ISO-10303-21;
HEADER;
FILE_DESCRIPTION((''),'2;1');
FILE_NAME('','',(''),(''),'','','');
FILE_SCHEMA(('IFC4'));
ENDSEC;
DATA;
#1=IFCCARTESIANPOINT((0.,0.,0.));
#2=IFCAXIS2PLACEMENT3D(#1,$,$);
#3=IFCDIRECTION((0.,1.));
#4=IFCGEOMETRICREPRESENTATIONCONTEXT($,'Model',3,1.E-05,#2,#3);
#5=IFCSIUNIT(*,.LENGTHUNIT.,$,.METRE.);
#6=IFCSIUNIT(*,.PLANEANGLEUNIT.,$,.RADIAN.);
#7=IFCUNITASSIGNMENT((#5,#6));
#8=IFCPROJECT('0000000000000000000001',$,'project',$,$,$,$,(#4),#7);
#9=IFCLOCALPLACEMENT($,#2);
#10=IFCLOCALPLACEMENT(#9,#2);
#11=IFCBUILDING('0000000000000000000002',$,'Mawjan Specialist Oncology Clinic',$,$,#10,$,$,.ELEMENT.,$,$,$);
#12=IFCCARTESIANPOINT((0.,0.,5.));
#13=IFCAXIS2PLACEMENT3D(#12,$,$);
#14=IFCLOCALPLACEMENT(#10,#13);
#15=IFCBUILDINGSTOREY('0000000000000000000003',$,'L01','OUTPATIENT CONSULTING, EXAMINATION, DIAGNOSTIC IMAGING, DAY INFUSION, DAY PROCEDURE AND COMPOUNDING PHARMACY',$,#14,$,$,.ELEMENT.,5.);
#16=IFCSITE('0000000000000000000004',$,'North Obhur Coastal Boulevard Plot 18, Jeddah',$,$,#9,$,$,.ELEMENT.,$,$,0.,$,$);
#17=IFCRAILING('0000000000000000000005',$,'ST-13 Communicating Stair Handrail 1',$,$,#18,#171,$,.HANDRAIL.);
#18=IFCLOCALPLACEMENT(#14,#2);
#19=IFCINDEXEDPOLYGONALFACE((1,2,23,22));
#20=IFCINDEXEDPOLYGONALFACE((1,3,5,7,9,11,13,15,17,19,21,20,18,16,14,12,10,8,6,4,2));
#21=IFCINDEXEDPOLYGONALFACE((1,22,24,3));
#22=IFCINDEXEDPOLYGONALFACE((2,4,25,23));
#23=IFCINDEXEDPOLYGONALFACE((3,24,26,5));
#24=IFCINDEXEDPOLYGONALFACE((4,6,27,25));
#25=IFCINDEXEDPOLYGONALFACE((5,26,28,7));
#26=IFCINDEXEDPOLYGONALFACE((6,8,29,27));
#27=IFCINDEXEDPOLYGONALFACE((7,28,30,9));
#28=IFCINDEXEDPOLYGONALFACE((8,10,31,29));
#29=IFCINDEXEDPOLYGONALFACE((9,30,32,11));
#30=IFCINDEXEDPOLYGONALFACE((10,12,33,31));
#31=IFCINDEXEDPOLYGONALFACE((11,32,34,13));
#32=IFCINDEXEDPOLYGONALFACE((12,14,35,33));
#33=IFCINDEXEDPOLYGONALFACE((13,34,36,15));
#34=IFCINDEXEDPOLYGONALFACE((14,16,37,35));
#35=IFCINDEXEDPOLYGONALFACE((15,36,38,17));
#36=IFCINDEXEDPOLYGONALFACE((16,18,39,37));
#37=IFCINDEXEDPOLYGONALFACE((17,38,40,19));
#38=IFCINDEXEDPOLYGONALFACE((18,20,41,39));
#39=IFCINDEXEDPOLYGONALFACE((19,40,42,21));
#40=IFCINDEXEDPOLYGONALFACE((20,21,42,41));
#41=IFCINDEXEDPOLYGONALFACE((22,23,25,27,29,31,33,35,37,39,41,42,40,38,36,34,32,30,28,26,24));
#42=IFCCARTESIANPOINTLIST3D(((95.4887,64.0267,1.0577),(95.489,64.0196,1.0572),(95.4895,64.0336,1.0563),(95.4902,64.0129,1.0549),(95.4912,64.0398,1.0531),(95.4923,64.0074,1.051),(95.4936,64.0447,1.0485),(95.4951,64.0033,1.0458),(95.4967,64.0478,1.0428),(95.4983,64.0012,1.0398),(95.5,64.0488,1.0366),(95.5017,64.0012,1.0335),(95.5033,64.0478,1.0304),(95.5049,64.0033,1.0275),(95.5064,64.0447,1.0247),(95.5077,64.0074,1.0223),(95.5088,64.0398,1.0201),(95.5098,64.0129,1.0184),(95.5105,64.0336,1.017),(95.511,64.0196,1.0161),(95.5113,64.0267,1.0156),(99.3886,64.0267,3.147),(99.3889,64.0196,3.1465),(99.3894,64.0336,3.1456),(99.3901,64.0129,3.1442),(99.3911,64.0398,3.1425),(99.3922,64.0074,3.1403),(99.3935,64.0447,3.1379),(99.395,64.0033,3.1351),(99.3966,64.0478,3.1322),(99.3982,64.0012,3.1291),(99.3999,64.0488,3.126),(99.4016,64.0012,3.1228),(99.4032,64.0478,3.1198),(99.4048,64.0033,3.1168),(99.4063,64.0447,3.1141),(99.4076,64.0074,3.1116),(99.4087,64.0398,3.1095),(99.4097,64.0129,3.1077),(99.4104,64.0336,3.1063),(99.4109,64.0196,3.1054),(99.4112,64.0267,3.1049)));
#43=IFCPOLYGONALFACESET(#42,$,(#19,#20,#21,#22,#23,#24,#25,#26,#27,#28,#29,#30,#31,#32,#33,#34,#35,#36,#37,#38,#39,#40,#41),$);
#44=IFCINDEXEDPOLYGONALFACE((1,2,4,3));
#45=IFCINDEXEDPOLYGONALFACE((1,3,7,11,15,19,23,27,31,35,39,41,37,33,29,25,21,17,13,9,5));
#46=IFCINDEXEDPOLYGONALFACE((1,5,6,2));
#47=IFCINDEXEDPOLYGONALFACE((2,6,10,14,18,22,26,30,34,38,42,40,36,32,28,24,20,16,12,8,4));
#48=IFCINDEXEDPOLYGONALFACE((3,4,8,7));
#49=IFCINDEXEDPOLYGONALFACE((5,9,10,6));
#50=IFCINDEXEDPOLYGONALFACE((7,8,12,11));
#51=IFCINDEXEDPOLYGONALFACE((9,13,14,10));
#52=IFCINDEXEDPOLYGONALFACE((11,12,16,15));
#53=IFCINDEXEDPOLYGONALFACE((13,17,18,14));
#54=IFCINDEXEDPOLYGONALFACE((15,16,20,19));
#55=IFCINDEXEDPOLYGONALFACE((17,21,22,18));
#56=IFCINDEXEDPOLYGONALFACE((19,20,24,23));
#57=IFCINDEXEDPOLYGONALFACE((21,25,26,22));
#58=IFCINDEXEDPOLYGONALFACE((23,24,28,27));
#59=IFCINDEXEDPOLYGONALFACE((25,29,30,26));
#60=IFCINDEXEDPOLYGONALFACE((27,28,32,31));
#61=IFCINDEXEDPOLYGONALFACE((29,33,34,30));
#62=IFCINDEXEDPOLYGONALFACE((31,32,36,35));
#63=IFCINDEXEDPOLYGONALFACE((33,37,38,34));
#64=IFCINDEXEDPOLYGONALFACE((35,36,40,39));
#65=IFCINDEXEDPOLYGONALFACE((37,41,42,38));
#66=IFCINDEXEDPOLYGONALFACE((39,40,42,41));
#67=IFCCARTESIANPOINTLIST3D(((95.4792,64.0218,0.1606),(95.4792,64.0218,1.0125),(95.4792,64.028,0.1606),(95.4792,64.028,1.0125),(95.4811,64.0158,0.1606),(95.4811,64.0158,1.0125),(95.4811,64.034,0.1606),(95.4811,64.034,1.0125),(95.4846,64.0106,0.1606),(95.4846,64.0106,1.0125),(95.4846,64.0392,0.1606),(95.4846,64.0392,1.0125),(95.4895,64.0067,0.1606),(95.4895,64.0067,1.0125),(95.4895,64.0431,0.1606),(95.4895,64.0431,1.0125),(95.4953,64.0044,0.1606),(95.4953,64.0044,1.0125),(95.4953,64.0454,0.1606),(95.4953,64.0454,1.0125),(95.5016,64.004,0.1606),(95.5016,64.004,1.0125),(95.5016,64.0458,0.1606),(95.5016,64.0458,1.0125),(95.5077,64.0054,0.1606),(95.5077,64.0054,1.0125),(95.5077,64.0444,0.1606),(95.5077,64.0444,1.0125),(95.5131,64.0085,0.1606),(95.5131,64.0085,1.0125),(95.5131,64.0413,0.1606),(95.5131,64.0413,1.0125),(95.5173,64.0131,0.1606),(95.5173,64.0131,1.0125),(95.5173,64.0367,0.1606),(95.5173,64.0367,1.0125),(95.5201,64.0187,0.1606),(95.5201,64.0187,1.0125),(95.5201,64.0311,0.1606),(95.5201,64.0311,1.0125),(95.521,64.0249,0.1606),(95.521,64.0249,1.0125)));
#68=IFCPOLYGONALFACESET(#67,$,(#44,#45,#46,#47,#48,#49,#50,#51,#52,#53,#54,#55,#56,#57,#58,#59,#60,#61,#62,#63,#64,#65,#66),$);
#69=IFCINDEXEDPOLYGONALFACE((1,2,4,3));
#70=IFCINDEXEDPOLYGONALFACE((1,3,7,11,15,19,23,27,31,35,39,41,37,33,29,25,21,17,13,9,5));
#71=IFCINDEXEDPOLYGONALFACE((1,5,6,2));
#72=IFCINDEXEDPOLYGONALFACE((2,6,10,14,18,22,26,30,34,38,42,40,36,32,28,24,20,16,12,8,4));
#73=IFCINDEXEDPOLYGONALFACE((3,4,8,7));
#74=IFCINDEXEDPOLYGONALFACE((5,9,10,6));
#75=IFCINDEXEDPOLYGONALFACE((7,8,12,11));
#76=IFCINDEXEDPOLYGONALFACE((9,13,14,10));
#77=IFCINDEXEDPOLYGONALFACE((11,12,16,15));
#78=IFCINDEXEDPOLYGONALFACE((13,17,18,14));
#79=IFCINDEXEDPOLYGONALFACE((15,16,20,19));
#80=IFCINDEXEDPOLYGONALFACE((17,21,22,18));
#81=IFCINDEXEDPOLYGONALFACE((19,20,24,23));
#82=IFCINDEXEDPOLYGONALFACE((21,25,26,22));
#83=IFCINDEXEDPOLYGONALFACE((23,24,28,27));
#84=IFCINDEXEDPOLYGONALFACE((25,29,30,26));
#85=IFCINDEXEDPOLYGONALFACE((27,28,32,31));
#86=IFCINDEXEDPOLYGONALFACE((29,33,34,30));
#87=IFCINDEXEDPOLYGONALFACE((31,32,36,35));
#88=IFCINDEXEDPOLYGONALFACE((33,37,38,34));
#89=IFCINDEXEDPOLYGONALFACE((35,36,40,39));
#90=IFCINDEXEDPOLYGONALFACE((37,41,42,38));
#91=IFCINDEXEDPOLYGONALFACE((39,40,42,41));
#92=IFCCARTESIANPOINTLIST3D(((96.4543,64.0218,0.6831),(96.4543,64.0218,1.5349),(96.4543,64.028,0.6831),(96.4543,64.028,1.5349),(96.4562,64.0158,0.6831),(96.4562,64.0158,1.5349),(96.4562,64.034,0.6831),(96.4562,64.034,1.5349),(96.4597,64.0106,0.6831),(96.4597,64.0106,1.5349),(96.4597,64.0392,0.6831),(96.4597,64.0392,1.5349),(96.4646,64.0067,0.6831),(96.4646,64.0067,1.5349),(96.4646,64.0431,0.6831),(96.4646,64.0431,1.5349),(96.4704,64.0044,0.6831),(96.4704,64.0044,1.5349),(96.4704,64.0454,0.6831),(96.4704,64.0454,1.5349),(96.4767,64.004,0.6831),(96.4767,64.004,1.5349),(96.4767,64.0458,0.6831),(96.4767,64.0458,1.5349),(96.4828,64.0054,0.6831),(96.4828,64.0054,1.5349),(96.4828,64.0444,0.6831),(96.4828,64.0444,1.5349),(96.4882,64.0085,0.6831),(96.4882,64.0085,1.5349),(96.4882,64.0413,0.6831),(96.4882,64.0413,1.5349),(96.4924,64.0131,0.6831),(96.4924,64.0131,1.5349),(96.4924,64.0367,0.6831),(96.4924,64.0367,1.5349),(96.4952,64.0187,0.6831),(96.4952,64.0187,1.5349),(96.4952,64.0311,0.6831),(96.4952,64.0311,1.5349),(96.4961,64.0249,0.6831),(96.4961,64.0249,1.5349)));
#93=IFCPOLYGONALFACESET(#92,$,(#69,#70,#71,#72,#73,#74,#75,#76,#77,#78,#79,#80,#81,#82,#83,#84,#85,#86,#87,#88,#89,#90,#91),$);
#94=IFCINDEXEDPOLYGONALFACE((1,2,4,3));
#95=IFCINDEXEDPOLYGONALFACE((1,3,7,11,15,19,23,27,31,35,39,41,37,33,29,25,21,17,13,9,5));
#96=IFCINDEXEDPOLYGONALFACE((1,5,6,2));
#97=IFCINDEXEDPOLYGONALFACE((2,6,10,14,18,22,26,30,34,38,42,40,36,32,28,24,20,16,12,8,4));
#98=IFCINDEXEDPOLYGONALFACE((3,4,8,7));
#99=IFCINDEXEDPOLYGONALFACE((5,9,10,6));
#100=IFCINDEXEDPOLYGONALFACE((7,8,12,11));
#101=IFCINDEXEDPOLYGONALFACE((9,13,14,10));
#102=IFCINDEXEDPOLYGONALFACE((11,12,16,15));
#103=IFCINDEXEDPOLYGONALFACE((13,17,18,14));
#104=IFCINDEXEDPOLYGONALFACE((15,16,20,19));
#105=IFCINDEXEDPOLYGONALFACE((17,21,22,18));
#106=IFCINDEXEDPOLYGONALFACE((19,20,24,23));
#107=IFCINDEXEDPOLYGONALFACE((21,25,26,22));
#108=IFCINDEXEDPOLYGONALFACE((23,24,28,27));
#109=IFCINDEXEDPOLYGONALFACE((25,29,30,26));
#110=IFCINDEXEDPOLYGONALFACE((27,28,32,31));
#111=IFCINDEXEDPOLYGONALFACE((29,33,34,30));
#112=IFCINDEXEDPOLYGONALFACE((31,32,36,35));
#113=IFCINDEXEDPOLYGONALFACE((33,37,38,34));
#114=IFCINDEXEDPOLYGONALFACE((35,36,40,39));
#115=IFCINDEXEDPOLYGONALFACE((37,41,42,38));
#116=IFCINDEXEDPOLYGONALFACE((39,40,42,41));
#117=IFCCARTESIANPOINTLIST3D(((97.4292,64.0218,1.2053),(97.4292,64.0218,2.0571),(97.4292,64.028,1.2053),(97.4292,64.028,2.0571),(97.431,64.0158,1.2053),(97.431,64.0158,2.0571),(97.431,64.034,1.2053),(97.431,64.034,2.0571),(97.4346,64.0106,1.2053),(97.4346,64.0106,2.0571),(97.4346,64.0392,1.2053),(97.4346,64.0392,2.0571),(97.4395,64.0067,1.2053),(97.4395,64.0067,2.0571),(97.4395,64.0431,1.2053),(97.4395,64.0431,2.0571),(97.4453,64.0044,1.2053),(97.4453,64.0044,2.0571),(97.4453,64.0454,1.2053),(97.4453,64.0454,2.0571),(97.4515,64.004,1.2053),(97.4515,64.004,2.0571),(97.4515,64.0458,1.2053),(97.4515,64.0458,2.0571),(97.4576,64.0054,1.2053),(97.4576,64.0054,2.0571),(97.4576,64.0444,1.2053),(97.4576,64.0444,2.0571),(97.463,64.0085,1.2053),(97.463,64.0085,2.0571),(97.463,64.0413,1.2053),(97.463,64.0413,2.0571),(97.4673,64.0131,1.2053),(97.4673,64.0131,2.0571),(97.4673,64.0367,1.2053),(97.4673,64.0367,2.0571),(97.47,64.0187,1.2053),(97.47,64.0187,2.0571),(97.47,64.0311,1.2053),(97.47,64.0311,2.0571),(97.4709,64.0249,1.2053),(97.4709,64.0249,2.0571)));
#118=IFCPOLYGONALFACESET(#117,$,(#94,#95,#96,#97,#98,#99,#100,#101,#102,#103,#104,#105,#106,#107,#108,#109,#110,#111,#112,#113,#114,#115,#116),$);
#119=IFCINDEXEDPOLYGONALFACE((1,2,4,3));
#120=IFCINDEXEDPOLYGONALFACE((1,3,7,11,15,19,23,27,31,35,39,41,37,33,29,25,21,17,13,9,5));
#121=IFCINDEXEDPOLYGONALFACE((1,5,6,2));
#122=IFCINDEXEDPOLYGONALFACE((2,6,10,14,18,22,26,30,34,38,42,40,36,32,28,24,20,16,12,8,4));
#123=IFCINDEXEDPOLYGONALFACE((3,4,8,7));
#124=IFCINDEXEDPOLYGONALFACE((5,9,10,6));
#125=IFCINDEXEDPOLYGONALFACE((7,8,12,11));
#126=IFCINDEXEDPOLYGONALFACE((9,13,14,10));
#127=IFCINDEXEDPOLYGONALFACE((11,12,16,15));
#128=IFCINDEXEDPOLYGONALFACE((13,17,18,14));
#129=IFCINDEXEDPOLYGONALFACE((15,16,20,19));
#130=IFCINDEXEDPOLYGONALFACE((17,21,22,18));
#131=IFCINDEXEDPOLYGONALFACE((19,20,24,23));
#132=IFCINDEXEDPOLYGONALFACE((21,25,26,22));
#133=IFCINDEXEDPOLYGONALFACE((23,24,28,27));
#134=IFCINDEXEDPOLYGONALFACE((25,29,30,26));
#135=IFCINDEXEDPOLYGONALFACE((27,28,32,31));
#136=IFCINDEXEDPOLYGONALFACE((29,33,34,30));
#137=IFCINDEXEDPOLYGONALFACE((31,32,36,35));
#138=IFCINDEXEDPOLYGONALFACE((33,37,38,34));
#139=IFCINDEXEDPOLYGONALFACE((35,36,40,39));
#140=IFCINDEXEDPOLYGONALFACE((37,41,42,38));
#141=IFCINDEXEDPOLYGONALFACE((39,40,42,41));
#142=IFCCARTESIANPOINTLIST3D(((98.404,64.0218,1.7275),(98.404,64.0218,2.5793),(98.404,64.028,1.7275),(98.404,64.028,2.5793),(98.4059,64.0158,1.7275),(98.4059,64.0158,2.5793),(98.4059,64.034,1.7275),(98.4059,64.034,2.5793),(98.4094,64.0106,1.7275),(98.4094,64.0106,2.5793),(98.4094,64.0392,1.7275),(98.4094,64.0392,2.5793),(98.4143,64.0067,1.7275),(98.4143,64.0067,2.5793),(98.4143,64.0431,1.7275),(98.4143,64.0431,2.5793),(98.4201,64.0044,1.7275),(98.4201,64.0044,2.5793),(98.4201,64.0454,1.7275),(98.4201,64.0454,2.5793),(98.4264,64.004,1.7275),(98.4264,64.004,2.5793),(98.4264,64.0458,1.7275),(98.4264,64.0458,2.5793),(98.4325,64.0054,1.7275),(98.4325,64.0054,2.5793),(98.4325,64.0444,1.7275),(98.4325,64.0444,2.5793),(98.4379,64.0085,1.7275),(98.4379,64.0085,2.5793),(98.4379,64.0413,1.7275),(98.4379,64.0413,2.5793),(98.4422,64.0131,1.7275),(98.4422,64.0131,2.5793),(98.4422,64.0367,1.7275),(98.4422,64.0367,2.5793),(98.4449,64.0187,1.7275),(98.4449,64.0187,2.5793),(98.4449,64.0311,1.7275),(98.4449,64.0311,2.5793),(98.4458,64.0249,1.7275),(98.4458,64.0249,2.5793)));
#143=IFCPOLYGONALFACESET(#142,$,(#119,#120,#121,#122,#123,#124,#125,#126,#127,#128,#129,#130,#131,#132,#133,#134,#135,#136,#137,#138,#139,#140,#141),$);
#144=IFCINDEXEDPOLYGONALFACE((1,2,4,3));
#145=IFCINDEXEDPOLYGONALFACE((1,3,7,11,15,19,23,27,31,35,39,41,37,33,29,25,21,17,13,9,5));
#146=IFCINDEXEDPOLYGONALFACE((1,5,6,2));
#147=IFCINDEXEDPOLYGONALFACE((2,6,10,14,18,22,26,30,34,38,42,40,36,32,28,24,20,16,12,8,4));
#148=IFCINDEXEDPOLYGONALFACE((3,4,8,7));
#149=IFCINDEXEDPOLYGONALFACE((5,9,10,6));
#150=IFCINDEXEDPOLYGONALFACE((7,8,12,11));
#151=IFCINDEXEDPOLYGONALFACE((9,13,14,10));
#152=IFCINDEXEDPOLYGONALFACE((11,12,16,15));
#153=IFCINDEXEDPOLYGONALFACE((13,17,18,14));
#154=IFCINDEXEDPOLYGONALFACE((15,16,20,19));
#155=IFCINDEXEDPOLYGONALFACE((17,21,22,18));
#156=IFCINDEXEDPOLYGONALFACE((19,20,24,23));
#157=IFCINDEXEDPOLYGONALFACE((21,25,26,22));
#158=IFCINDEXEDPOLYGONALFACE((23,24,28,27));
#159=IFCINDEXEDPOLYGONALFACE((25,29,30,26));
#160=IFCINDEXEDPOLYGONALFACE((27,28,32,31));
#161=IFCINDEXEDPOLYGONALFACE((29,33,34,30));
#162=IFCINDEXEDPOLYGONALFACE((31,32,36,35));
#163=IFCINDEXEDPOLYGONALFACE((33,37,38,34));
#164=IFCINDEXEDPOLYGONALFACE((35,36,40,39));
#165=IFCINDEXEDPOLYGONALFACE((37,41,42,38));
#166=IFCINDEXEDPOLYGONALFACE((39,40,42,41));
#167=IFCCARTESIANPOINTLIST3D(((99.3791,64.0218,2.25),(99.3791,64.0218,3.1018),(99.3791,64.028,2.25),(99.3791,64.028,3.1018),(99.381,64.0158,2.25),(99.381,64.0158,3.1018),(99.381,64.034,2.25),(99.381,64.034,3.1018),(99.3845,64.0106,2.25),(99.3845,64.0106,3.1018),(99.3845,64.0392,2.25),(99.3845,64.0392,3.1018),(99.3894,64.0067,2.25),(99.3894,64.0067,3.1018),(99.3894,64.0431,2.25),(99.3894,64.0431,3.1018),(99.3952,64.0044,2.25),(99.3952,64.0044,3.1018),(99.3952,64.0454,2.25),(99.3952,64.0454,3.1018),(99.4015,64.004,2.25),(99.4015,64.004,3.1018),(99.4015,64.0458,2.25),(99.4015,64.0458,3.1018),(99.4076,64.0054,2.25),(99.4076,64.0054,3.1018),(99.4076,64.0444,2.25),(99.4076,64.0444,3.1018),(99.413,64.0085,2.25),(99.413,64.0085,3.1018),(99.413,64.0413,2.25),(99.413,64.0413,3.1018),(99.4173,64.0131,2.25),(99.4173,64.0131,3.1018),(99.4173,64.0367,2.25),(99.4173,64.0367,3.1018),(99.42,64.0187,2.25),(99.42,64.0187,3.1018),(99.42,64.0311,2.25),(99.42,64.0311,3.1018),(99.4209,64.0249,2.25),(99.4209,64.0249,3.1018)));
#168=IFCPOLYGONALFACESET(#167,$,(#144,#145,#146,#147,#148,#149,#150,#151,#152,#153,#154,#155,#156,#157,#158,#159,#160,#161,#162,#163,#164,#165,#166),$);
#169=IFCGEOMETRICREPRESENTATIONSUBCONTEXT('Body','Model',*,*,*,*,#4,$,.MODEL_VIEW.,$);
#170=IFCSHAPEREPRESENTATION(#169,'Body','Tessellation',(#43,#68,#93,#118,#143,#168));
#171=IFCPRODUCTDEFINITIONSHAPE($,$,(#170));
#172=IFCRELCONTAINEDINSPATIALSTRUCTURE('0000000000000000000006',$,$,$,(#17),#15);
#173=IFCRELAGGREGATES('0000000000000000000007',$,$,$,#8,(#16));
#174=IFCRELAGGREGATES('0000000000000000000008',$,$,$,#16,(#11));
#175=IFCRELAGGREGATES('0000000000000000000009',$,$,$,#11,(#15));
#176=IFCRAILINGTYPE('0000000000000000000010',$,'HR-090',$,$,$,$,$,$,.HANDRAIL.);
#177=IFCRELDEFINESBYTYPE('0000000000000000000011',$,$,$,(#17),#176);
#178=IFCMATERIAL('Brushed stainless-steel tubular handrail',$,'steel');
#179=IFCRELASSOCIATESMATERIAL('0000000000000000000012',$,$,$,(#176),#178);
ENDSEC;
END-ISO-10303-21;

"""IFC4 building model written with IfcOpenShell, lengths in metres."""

from ifc_helpers import new_model, si_unit, direction, frame, origin, origin_2d, place, context, subcontext, project, spatial, circle, extrude, material, type_object, element, save


model = new_model("IFC4")

# Units and contexts
model_context = context("Model", 3, precision=1e-05, world=origin(), true_north=direction((0.0, 1.0)))
body_context = subcontext(model_context, "Body", "Model", "MODEL_VIEW")
ifc_project = project(units=[si_unit("LENGTHUNIT", "METRE"), si_unit("PLANEANGLEUNIT", "RADIAN")], contexts=[model_context])

# Site, building, storey
site_placement = place(None, origin())
site = spatial("IfcSite", under=ifc_project, at=site_placement, Name="North Obhur Coastal Boulevard Plot 18, Jeddah", CompositionType="ELEMENT", RefElevation=0.0)
building_placement = place(site_placement, origin())
building = spatial("IfcBuilding", under=site, at=building_placement, Name="Mawjan Specialist Oncology Clinic", CompositionType="ELEMENT")
storey_placement = place(building_placement, frame((0.0, 0.0, 5.0)))
storey = spatial("IfcBuildingStorey", under=building, at=storey_placement, Name="L01", Description="OUTPATIENT CONSULTING, EXAMINATION, DIAGNOSTIC IMAGING, DAY INFUSION, DAY PROCEDURE AND COMPOUNDING PHARMACY", CompositionType="ELEMENT", Elevation=5.0)

# Railing
ifc_material_1 = material(Name="Brushed stainless-steel tubular handrail", Category="steel")
railing_type_1 = type_object("IfcRailingType", Name="HR-090", PredefinedType="HANDRAIL", material=ifc_material_1)
for number, where, name in (
    (1, (95.5, 64.0249, 0.1606), "ST-13 Communicating Stair Handrail 1"),
):
    element("IfcRailing", number, at=place(storey_placement, frame(where)), inside=storey, type_object=railing_type_1, Name=name, PredefinedType="HANDRAIL", context=body_context, shape_type="SweptSolid", body=[
        extrude(circle(Radius=0.0239, at=origin_2d()), frame((0.0, 0.0, 0.876), z_axis=(0.881468, 0.0, 0.472243), x_axis=(0.0, 1.0, 0.0)), (0.0, 0.0, 1.0), 4.4243),
        extrude(circle(Radius=0.021, at=origin_2d()), origin(), (0.0, 0.0, 1.0), 0.8518),
        extrude(circle(Radius=0.021, at=origin_2d()), frame((0.9751, 0.0, 0.5225)), (0.0, 0.0, 1.0), 0.8518),
        extrude(circle(Radius=0.021, at=origin_2d()), frame((1.95, 0.0, 1.0447)), (0.0, 0.0, 1.0), 0.8518),
        extrude(circle(Radius=0.021, at=origin_2d()), frame((2.9248, 0.0, 1.5669)), (0.0, 0.0, 1.0), 0.8518),
        extrude(circle(Radius=0.021, at=origin_2d()), frame((3.8999, 0.0, 2.0894)), (0.0, 0.0, 1.0), 0.8518),
    ])

save(model, "model.ifc")
